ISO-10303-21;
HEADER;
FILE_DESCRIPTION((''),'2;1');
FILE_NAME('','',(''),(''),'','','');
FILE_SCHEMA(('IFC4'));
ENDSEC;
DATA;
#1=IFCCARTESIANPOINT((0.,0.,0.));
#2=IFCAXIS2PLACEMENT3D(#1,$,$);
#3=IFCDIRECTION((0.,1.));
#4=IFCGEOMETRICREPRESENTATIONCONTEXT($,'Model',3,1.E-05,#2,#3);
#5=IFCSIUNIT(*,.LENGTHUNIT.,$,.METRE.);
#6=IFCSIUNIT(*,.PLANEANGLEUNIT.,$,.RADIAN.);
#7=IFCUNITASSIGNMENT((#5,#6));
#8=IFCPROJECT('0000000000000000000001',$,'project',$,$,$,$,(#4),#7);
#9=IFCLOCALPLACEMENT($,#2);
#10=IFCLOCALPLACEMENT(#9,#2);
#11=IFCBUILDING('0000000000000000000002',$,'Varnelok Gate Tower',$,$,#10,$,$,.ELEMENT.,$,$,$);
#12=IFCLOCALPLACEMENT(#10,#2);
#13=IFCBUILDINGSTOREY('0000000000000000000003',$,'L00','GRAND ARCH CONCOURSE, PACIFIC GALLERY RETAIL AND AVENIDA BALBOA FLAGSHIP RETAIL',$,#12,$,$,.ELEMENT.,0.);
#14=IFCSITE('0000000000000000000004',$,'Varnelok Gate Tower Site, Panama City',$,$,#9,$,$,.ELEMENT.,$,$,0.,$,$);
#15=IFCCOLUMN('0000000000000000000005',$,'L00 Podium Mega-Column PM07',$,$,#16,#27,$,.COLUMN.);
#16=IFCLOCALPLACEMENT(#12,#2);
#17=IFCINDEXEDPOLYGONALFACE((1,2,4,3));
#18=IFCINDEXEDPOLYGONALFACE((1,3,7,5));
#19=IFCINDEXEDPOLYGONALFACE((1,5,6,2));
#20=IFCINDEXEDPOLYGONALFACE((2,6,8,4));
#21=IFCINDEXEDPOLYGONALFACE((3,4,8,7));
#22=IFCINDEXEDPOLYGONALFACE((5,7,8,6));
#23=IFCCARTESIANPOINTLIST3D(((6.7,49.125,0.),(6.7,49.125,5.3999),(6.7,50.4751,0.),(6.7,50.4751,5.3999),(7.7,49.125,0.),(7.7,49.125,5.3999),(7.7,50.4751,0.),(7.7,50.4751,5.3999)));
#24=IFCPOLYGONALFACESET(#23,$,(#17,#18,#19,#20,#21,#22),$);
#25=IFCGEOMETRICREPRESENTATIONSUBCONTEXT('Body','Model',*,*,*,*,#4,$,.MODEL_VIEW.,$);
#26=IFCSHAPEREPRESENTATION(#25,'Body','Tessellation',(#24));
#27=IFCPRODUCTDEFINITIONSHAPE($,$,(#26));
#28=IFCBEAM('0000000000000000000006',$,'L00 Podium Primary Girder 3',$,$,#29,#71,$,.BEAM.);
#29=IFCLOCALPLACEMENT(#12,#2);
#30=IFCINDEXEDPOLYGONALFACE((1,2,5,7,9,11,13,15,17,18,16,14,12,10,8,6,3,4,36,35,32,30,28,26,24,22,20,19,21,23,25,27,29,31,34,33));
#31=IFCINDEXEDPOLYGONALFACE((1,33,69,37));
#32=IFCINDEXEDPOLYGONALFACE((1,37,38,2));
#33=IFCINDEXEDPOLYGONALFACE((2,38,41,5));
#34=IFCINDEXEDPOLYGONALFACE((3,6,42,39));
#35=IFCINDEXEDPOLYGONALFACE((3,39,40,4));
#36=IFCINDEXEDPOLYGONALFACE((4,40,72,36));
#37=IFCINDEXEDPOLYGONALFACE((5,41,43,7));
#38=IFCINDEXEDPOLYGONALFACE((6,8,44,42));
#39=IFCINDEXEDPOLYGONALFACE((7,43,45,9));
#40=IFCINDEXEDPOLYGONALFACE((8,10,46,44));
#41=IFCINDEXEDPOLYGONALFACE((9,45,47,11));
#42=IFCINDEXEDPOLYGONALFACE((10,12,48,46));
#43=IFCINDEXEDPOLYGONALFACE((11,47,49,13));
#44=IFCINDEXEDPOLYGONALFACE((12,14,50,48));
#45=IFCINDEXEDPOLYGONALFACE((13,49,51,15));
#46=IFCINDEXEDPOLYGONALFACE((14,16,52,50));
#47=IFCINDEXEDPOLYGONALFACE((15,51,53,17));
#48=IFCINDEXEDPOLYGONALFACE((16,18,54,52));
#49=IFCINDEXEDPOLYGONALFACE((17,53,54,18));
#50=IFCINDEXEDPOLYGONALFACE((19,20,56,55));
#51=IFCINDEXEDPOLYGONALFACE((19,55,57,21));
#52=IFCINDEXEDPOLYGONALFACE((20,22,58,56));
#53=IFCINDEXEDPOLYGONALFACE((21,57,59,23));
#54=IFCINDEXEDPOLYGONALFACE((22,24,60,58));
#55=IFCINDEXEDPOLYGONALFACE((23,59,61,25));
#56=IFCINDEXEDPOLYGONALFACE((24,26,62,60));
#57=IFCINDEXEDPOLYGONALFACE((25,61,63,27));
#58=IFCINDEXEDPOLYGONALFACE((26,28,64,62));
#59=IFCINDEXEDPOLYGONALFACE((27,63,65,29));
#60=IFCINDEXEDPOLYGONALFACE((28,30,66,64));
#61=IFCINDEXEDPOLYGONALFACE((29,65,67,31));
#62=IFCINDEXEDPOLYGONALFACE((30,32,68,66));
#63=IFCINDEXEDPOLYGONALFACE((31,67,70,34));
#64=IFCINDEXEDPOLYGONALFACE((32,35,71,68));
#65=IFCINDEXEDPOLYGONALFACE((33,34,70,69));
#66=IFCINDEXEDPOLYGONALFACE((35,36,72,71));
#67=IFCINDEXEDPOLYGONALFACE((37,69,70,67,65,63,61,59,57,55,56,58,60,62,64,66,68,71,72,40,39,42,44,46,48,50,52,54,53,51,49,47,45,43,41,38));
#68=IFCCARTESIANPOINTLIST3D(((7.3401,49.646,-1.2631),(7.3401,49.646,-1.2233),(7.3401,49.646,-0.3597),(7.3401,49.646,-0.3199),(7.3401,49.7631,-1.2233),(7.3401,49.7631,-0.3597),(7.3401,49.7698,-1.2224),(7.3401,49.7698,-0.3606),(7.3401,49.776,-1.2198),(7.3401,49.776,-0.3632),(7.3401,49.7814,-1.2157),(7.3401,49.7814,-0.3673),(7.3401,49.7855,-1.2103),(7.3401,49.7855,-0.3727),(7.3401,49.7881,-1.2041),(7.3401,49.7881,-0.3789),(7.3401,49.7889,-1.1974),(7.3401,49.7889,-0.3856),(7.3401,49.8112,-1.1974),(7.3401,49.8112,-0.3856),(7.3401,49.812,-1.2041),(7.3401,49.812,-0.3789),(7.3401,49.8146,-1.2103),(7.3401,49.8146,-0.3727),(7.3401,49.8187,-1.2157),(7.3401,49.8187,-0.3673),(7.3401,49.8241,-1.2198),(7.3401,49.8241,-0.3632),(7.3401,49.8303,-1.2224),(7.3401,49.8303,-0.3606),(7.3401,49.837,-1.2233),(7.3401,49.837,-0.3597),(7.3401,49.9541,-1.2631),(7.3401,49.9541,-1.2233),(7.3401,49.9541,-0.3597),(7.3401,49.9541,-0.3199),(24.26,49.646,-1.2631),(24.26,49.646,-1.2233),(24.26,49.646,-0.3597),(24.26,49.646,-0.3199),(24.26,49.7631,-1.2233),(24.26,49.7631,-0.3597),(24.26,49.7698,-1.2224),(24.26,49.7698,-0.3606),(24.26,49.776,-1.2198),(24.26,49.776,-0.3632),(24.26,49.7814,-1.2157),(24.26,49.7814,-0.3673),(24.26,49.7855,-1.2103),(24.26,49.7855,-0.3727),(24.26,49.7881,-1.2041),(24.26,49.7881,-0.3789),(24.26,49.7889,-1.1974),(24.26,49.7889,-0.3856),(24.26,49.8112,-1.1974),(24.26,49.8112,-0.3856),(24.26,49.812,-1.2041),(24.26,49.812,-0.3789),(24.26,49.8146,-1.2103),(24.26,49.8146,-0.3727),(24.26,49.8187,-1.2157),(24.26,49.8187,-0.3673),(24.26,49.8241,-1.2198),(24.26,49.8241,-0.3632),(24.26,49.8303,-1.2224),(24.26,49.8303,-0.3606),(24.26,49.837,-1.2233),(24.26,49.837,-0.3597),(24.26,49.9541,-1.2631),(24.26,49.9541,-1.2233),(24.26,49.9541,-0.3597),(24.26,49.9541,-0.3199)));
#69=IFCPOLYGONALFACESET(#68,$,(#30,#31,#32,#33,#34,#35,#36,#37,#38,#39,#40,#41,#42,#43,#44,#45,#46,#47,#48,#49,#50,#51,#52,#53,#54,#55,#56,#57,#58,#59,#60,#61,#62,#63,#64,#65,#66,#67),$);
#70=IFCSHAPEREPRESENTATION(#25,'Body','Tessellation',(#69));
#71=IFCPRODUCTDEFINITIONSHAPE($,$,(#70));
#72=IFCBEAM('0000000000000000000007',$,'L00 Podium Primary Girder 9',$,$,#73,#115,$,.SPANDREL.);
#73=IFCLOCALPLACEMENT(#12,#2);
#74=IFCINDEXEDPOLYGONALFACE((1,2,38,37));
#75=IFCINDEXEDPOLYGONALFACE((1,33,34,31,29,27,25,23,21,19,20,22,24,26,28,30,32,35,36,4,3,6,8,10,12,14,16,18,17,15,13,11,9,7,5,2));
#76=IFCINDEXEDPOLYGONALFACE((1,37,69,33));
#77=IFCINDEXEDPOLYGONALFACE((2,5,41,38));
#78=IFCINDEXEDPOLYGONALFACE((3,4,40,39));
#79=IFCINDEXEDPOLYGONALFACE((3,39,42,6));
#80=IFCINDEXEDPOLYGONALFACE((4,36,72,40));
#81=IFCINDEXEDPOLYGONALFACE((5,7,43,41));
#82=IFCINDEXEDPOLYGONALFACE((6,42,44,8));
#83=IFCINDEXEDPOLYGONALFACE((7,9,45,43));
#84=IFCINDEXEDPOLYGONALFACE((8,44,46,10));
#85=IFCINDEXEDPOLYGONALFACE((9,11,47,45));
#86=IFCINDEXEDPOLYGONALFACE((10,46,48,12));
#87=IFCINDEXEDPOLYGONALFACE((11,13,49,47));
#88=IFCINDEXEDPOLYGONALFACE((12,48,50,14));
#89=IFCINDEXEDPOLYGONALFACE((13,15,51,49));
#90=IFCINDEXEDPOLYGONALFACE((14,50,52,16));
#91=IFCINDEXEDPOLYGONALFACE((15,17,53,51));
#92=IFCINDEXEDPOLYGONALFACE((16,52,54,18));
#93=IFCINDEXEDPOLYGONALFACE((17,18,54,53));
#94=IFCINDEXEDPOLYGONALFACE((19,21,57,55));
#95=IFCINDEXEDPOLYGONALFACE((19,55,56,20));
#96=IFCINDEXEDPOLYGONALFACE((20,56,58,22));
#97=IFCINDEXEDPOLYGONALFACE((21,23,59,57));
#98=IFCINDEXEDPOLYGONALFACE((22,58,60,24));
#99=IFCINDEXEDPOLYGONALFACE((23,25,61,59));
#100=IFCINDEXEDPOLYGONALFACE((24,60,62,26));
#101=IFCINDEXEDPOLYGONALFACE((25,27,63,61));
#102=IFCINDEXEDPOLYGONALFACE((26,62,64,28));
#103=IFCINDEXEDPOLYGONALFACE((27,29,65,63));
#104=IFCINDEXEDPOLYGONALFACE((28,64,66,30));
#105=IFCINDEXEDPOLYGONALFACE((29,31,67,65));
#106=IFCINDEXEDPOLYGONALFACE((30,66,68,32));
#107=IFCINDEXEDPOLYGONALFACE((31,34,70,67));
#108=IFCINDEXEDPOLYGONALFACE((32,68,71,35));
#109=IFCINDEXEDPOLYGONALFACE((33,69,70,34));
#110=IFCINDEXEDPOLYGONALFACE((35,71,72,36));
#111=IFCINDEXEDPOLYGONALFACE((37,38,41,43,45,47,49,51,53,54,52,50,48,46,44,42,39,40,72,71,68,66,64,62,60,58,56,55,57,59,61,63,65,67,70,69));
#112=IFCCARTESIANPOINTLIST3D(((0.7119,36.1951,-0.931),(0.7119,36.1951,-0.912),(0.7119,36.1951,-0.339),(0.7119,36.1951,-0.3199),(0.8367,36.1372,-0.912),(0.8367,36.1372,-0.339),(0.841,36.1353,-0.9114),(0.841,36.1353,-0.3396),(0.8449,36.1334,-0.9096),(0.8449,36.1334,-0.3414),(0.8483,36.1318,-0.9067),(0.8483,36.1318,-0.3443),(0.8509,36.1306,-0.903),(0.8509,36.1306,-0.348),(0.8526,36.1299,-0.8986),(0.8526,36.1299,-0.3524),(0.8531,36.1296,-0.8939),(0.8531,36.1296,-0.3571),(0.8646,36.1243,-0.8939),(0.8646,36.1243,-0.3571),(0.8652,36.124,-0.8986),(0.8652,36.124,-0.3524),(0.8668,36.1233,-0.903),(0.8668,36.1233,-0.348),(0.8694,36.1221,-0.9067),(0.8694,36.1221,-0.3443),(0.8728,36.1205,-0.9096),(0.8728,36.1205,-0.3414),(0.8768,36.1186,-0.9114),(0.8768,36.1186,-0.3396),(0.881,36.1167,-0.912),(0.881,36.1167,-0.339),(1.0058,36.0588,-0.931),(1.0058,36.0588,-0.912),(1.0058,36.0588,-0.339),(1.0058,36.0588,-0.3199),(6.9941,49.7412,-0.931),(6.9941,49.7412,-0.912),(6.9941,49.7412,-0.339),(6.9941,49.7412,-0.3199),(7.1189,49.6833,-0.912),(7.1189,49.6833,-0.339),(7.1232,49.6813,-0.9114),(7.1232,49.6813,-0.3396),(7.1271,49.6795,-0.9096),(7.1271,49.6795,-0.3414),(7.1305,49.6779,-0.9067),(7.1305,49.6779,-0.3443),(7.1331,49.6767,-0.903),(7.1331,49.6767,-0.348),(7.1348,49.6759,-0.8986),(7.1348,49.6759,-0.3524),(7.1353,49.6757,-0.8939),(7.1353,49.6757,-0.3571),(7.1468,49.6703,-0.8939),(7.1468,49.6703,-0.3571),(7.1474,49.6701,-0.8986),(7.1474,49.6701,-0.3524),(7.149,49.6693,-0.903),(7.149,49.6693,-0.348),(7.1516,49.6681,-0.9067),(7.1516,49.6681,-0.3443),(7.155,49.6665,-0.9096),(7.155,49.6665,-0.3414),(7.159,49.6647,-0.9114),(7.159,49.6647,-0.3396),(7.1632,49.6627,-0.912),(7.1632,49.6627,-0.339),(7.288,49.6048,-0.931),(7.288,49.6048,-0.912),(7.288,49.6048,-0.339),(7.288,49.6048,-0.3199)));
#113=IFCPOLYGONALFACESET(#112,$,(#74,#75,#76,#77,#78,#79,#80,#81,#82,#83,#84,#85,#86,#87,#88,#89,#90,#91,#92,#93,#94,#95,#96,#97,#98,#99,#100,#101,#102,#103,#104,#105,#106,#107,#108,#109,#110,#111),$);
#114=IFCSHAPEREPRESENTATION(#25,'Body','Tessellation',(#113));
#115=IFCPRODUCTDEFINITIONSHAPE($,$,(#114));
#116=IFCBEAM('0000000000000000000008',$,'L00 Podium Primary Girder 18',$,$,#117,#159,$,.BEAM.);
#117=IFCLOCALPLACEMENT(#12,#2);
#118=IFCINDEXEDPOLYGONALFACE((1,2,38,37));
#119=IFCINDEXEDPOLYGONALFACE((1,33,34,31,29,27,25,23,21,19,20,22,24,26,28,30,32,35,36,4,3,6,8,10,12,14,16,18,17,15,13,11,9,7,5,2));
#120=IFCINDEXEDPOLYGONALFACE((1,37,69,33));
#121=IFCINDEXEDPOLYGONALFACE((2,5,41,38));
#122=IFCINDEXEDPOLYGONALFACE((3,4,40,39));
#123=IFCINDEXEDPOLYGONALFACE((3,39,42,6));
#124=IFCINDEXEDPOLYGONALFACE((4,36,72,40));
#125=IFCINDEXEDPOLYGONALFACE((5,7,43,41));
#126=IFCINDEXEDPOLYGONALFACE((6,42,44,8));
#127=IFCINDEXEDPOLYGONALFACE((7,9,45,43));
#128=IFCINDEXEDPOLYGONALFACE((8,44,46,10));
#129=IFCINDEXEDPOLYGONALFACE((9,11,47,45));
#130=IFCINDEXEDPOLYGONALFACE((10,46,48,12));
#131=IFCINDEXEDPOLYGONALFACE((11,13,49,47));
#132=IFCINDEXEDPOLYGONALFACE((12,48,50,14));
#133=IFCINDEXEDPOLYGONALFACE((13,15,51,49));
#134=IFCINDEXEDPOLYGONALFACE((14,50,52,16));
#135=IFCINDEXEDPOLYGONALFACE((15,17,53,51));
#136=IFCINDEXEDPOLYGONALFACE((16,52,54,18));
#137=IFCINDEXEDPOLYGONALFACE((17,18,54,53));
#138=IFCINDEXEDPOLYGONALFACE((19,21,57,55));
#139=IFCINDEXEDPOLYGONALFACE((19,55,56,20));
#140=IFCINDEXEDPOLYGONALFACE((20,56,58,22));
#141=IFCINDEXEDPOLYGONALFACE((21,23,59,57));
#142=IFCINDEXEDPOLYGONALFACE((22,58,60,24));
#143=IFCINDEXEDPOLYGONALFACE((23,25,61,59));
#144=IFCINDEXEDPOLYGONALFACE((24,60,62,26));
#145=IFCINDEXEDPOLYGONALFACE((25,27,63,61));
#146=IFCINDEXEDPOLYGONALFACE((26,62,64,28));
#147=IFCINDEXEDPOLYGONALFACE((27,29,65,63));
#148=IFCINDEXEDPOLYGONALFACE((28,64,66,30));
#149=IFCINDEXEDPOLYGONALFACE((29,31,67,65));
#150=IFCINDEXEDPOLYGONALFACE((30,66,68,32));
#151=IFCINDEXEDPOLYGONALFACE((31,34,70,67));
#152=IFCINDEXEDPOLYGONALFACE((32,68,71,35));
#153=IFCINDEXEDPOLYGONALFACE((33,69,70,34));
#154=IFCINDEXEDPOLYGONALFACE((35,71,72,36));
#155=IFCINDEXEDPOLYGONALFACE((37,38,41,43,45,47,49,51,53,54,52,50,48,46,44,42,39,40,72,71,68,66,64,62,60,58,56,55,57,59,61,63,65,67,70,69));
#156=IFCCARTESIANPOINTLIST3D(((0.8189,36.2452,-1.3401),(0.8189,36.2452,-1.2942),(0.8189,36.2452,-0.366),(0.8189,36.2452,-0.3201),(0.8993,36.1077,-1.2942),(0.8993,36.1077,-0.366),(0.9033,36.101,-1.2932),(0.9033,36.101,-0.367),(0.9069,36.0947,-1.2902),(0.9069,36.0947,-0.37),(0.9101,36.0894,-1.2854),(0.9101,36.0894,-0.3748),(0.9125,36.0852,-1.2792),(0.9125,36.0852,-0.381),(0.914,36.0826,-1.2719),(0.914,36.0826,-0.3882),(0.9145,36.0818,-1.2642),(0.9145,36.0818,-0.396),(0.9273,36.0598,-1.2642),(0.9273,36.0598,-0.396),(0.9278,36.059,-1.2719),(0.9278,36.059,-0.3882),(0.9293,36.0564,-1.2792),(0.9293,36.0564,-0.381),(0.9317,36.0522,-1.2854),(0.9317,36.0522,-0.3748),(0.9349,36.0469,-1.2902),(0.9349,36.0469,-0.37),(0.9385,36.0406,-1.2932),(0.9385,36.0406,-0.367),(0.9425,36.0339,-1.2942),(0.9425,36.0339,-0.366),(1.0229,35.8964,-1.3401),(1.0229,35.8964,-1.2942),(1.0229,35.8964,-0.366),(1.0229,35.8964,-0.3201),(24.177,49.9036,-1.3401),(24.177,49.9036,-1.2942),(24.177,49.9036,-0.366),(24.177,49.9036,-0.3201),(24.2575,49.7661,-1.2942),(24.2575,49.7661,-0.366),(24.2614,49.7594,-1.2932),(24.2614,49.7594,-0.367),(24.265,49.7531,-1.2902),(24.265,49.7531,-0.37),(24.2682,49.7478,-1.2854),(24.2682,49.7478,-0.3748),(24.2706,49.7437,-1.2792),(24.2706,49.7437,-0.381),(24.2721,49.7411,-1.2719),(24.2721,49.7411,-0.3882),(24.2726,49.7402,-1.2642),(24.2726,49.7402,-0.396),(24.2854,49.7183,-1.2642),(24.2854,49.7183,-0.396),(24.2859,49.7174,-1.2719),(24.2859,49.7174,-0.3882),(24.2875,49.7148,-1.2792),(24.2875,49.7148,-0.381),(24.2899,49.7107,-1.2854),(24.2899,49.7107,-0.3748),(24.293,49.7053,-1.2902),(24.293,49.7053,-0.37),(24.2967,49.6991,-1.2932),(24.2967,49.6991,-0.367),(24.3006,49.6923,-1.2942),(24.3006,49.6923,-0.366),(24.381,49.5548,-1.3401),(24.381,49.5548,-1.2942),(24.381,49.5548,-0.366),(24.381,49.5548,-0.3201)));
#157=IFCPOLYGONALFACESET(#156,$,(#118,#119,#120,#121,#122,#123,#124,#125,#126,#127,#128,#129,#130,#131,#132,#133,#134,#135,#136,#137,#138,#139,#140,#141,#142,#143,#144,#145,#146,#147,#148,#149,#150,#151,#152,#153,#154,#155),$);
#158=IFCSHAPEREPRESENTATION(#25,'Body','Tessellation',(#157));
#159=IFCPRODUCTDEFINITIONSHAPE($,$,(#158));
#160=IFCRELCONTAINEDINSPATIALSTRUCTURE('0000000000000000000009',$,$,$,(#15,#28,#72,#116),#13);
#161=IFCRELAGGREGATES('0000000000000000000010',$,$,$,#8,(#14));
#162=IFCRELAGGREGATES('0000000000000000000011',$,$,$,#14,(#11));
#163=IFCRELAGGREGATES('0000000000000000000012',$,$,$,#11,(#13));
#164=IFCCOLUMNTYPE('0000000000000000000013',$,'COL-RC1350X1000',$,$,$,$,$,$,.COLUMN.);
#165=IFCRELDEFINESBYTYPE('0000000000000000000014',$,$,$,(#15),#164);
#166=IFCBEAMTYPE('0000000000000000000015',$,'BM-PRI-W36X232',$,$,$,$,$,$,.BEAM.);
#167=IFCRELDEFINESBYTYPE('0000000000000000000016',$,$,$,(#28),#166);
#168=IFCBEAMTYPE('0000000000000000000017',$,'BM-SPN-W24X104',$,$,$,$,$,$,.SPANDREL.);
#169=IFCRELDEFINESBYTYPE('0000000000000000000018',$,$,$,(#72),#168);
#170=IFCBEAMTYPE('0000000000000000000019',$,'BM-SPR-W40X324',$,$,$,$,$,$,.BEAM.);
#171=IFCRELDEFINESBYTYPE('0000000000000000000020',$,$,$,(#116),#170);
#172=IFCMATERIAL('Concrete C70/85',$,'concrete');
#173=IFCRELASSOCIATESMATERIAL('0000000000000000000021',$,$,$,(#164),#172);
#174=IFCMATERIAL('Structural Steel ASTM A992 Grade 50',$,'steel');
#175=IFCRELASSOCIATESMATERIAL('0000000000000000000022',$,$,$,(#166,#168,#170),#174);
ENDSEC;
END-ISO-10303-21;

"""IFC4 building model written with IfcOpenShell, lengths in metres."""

from ifc_helpers import new_model, si_unit, direction, frame, origin, origin_2d, place, context, subcontext, project, spatial, rectangle, i_section, extrude, material, material_profile, profile_set, type_object, element, save


model = new_model("IFC4")

# Units and contexts
model_context = context("Model", 3, precision=1e-05, world=origin(), true_north=direction((0.0, 1.0)))
body_context = subcontext(model_context, "Body", "Model", "MODEL_VIEW")
ifc_project = project(units=[si_unit("LENGTHUNIT", "METRE"), si_unit("PLANEANGLEUNIT", "RADIAN")], contexts=[model_context])

# Site, building, storey
site_placement = place(None, origin())
site = spatial("IfcSite", under=ifc_project, at=site_placement, Name="Varnelok Gate Tower Site, Panama City", CompositionType="ELEMENT", RefElevation=0.0)
building_placement = place(site_placement, origin())
building = spatial("IfcBuilding", under=site, at=building_placement, Name="Varnelok Gate Tower", CompositionType="ELEMENT")
storey_placement = place(building_placement, origin())
storey = spatial("IfcBuildingStorey", under=building, at=storey_placement, Name="L00", Description="GRAND ARCH CONCOURSE, PACIFIC GALLERY RETAIL AND AVENIDA BALBOA FLAGSHIP RETAIL", CompositionType="ELEMENT", Elevation=0.0)

# Column
ifc_material_1 = material(Name="Concrete C70/85", Category="concrete")
ifc_material_profile_1 = material_profile(ifc_material_1, rectangle(XDim=1.0, YDim=1.3501, at=origin_2d()), Name="RC1350X1000")
ifc_profile_set_1 = profile_set([ifc_material_profile_1], Name="Concrete C70/85")
column_type = type_object("IfcColumnType", Name="COL-RC1350X1000", PredefinedType="COLUMN", material=ifc_profile_set_1)
column_placement = place(storey_placement, frame((7.2, 49.8, 0.0), z_axis=(0.0, 0.0, 1.0), x_axis=(1.0, 0.0, 0.0)))
element("IfcColumn", 1, at=column_placement, inside=storey, type_object=column_type, Name="L00 Podium Mega-Column PM07", PredefinedType="COLUMN", context=body_context, shape_type="SweptSolid", body=[
    extrude(rectangle(XDim=1.0, YDim=1.3501, at=origin_2d()), origin(), (0.0, 0.0, 1.0), 5.3999),
])

# Beams
ifc_material_2 = material(Name="Structural Steel ASTM A992 Grade 50", Category="steel")
ifc_material_profile_2 = material_profile(ifc_material_2, i_section(OverallWidth=0.3081, OverallDepth=0.9431, WebThickness=0.0222, FlangeThickness=0.0398, FilletRadius=0.0259, at=origin_2d()), Name="W36X232")
ifc_profile_set_2 = profile_set([ifc_material_profile_2], Name="Structural Steel ASTM A992 Grade 50")
beam_type_1 = type_object("IfcBeamType", Name="BM-PRI-W36X232", PredefinedType="BEAM", material=ifc_profile_set_2)
beam_1_placement = place(storey_placement, frame((7.3401, 49.8, -0.7915), z_axis=(1.0, 0.0, 0.0), x_axis=(0.0, 1.0, 0.0)))
element("IfcBeam", 2, at=beam_1_placement, inside=storey, type_object=beam_type_1, Name="L00 Podium Primary Girder 3", PredefinedType="BEAM", context=body_context, shape_type="SweptSolid", body=[
    extrude(i_section(OverallWidth=0.3081, OverallDepth=0.9431, WebThickness=0.0222, FlangeThickness=0.0398, FilletRadius=0.0259, at=origin_2d()), origin(), (0.0, 0.0, 1.0), 16.9199),
])
ifc_material_profile_3 = material_profile(ifc_material_2, i_section(OverallWidth=0.324, OverallDepth=0.6111, WebThickness=0.0127, FlangeThickness=0.019, FilletRadius=0.0181, at=origin_2d()), Name="W24X104")
ifc_profile_set_3 = profile_set([ifc_material_profile_3], Name="Structural Steel ASTM A992 Grade 50")
beam_type_2 = type_object("IfcBeamType", Name="BM-SPN-W24X104", PredefinedType="SPANDREL", material=ifc_profile_set_3)
beam_2_placement = place(storey_placement, frame((0.8589, 36.127, -0.6255), z_axis=(0.420723, 0.907189, 0.0), x_axis=(-0.907189, 0.420723, 0.0)))
element("IfcBeam", 3, at=beam_2_placement, inside=storey, type_object=beam_type_2, Name="L00 Podium Primary Girder 9", PredefinedType="SPANDREL", context=body_context, shape_type="SweptSolid", body=[
    extrude(i_section(OverallWidth=0.324, OverallDepth=0.6111, WebThickness=0.0127, FlangeThickness=0.019, FilletRadius=0.0181, at=origin_2d()), origin(), (0.0, 0.0, 1.0), 14.9319),
])
ifc_material_profile_4 = material_profile(ifc_material_2, i_section(OverallWidth=0.4041, OverallDepth=1.02, WebThickness=0.0254, FlangeThickness=0.0459, FilletRadius=0.03, at=origin_2d()), Name="W40X324")
ifc_profile_set_4 = profile_set([ifc_material_profile_4], Name="Structural Steel ASTM A992 Grade 50")
beam_type_3 = type_object("IfcBeamType", Name="BM-SPR-W40X324", PredefinedType="BEAM", material=ifc_profile_set_4)
beam_3_placement = place(storey_placement, frame((0.9209, 36.0708, -0.8301), z_axis=(0.86325, 0.504777, 0.0), x_axis=(-0.504777, 0.86325, 0.0)))
element("IfcBeam", 4, at=beam_3_placement, inside=storey, type_object=beam_type_3, Name="L00 Podium Primary Girder 18", PredefinedType="BEAM", context=body_context, shape_type="SweptSolid", body=[
    extrude(i_section(OverallWidth=0.4041, OverallDepth=1.02, WebThickness=0.0254, FlangeThickness=0.0459, FilletRadius=0.03, at=origin_2d()), origin(), (0.0, 0.0, 1.0), 27.0583),
])

save(model, "model.ifc")
